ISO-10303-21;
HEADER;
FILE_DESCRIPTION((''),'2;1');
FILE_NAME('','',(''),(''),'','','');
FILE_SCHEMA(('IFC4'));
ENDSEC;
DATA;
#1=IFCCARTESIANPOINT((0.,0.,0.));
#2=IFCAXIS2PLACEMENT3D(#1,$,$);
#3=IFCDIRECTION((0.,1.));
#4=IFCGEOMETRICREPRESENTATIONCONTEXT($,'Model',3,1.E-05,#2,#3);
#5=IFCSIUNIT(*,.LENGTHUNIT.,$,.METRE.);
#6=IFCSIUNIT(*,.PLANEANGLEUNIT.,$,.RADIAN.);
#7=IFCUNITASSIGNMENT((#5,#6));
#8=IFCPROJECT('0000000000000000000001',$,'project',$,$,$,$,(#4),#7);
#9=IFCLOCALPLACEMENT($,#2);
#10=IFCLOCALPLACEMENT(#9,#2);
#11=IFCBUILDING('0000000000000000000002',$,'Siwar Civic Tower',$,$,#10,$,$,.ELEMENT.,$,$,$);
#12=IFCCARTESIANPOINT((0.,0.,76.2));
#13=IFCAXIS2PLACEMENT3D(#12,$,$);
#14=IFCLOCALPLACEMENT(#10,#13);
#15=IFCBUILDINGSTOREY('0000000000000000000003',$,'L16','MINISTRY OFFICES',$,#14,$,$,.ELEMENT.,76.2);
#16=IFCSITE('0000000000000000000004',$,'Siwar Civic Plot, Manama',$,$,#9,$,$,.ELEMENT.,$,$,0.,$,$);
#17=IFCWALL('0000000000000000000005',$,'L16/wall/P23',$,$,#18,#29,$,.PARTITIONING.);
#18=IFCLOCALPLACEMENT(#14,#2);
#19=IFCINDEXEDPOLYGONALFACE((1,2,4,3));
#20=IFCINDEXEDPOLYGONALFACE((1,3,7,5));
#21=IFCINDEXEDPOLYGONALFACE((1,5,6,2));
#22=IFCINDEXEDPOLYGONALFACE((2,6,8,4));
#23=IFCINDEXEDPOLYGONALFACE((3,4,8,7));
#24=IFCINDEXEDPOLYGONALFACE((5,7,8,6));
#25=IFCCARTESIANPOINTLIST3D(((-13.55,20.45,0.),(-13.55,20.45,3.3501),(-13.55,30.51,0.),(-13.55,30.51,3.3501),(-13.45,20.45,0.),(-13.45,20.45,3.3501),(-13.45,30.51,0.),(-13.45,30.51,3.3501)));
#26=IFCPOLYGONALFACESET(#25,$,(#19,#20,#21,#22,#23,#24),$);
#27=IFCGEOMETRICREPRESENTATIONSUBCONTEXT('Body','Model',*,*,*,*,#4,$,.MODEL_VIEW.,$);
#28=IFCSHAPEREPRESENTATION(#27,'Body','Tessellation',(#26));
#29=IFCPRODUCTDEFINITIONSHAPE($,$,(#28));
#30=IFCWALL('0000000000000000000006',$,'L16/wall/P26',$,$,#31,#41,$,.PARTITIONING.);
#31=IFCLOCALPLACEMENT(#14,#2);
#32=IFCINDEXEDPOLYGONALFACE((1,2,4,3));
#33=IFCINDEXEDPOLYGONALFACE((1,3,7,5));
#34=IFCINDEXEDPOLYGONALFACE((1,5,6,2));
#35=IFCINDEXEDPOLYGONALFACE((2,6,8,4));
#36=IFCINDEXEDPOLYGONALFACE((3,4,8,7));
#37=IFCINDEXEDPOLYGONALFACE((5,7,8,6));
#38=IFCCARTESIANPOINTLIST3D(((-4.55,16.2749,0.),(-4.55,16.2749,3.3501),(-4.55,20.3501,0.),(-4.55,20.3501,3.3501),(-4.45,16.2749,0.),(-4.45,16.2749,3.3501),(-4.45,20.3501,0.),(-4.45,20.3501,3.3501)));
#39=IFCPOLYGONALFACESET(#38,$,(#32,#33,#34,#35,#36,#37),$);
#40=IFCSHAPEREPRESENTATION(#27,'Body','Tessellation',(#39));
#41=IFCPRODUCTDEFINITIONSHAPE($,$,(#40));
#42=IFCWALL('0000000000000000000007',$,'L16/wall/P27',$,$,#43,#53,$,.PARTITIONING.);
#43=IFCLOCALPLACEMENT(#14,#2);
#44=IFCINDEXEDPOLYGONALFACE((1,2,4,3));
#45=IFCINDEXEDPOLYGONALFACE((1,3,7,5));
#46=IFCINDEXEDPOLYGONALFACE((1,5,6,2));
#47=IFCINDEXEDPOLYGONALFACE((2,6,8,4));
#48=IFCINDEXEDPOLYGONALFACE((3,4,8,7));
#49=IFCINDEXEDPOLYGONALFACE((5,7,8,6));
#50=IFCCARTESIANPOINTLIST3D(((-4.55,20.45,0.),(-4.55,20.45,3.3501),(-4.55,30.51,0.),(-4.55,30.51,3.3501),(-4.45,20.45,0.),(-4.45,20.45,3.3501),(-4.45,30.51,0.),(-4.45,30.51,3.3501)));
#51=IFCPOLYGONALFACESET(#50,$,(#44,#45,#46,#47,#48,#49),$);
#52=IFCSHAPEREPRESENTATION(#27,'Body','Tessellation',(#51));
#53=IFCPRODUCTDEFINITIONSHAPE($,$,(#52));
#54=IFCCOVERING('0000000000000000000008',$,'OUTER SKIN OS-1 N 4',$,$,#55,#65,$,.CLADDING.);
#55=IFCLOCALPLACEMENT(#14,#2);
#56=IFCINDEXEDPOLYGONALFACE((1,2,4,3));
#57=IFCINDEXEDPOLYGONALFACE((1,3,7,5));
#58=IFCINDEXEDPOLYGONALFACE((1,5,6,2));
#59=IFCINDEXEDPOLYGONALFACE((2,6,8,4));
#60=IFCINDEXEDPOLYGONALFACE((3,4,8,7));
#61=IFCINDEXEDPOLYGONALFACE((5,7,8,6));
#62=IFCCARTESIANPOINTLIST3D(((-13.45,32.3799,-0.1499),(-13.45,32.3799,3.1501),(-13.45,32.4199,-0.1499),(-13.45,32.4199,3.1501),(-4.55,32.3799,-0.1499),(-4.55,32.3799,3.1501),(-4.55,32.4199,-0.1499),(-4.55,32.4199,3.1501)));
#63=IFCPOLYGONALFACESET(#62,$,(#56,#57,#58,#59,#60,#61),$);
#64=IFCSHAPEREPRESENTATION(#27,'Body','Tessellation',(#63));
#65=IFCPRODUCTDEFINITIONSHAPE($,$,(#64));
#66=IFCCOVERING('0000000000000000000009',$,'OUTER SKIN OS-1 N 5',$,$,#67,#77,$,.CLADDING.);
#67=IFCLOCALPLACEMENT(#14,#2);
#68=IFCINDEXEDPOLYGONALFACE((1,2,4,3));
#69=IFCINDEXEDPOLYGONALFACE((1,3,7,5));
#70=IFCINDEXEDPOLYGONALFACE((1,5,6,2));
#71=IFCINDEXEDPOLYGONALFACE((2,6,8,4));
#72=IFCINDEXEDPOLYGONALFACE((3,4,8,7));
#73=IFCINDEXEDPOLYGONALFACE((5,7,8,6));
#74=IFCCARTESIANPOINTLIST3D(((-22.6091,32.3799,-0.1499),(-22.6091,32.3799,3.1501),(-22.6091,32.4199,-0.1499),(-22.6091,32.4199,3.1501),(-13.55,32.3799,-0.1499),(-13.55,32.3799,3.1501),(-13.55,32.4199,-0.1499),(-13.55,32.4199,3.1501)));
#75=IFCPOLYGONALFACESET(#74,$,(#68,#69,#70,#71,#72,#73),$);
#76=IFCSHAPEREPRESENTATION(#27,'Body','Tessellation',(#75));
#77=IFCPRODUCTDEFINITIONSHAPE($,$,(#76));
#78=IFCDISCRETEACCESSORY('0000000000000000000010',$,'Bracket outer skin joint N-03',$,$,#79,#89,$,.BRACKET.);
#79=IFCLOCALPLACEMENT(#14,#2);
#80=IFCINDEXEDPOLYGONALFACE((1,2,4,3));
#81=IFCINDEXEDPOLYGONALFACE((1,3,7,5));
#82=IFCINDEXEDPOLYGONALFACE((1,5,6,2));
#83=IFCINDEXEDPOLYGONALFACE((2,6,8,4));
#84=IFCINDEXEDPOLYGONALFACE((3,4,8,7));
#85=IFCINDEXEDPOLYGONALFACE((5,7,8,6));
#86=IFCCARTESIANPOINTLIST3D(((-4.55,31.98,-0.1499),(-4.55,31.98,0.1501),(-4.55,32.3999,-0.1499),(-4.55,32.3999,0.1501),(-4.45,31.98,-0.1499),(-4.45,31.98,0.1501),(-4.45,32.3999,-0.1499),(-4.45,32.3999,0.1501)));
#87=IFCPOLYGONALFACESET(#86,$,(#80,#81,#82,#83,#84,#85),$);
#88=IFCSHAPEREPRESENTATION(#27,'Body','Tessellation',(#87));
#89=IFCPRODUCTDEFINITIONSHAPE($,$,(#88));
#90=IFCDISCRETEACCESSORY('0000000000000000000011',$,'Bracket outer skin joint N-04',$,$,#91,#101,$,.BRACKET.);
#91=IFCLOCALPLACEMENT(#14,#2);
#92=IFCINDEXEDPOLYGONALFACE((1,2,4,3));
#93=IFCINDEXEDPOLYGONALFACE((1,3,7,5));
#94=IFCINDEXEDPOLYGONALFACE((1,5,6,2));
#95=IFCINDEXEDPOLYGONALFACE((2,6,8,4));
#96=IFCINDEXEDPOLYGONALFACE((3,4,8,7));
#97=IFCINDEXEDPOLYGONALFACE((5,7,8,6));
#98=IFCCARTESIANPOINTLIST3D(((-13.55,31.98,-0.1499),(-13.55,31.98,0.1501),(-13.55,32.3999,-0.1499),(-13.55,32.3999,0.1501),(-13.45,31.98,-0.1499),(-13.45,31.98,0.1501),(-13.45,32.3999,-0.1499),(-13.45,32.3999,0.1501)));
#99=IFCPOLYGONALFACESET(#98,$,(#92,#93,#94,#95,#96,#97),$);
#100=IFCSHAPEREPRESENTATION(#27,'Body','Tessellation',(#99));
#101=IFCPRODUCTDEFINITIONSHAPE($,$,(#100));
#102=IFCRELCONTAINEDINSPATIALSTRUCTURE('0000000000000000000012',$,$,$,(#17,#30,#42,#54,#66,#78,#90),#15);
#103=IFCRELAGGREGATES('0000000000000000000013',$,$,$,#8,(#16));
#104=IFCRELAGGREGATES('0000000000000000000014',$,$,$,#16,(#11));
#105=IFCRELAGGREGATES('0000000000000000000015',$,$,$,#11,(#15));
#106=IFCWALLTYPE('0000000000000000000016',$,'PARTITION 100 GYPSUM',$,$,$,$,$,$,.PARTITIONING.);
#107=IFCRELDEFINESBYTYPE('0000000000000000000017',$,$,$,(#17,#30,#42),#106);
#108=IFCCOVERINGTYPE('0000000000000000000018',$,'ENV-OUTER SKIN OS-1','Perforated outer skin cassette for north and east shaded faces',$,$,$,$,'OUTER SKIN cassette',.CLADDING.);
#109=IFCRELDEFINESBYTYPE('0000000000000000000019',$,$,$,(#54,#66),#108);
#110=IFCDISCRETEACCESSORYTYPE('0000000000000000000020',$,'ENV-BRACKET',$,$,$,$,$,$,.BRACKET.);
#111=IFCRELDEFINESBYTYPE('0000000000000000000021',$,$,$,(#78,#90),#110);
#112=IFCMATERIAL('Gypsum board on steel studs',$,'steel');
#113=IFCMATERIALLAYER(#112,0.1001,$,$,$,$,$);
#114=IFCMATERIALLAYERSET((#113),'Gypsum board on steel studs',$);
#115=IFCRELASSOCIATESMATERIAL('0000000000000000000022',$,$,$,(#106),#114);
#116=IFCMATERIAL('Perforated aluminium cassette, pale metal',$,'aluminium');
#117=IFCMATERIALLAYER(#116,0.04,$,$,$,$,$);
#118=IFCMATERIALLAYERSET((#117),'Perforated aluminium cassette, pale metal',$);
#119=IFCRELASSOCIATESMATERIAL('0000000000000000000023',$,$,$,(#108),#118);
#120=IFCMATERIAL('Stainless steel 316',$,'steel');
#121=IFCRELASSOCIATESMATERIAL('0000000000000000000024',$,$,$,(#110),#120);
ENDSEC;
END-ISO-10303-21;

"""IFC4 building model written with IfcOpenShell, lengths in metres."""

from ifc_helpers import new_model, si_unit, direction, frame, frame_2d, origin, origin_2d, place, context, subcontext, project, spatial, rectangle, extrude, material, layer, layer_set, type_object, element, save


model = new_model("IFC4")

# Units and contexts
model_context = context("Model", 3, precision=1e-05, world=origin(), true_north=direction((0.0, 1.0)))
body_context = subcontext(model_context, "Body", "Model", "MODEL_VIEW")
ifc_project = project(units=[si_unit("LENGTHUNIT", "METRE"), si_unit("PLANEANGLEUNIT", "RADIAN")], contexts=[model_context])

# Site, building, storey
site_placement = place(None, origin())
site = spatial("IfcSite", under=ifc_project, at=site_placement, Name="Siwar Civic Plot, Manama", CompositionType="ELEMENT", RefElevation=0.0)
building_placement = place(site_placement, origin())
building = spatial("IfcBuilding", under=site, at=building_placement, Name="Siwar Civic Tower", CompositionType="ELEMENT")
storey_placement = place(building_placement, frame((0.0, 0.0, 76.2)))
storey = spatial("IfcBuildingStorey", under=building, at=storey_placement, Name="L16", Description="MINISTRY OFFICES", CompositionType="ELEMENT", Elevation=76.2)

# Walls
ifc_material_1 = material(Name="Gypsum board on steel studs", Category="steel")
ifc_layer_1 = layer(ifc_material_1, 0.1001)
ifc_layer_set_1 = layer_set([ifc_layer_1], Name="Gypsum board on steel studs")
wall_type_1 = type_object("IfcWallType", Name="PARTITION 100 GYPSUM", PredefinedType="PARTITIONING", material=ifc_layer_set_1)
wall_1_placement = place(storey_placement, frame((-13.5, 20.45, 0.0), z_axis=(0.0, 0.0, 1.0), x_axis=(0.0, 1.0, 0.0)))
element("IfcWall", 1, at=wall_1_placement, inside=storey, type_object=wall_type_1, Name="L16/wall/P23", PredefinedType="PARTITIONING", context=body_context, shape_type="SweptSolid", body=[
    extrude(rectangle(XDim=10.0601, YDim=0.1001, at=frame_2d((5.03, 0.0))), origin(), (0.0, 0.0, 1.0), 3.3501),
])
wall_2_placement = place(storey_placement, frame((-4.5, 16.2749, 0.0), z_axis=(0.0, 0.0, 1.0), x_axis=(0.0, 1.0, 0.0)))
element("IfcWall", 2, at=wall_2_placement, inside=storey, type_object=wall_type_1, Name="L16/wall/P26", PredefinedType="PARTITIONING", context=body_context, shape_type="SweptSolid", body=[
    extrude(rectangle(XDim=4.0752, YDim=0.1001, at=frame_2d((2.0376, 0.0))), origin(), (0.0, 0.0, 1.0), 3.3501),
])
wall_3_placement = place(storey_placement, frame((-4.5, 20.45, 0.0), z_axis=(0.0, 0.0, 1.0), x_axis=(0.0, 1.0, 0.0)))
element("IfcWall", 3, at=wall_3_placement, inside=storey, type_object=wall_type_1, Name="L16/wall/P27", PredefinedType="PARTITIONING", context=body_context, shape_type="SweptSolid", body=[
    extrude(rectangle(XDim=10.0601, YDim=0.1001, at=frame_2d((5.03, 0.0))), origin(), (0.0, 0.0, 1.0), 3.3501),
])

# Coverings
ifc_material_2 = material(Name="Perforated aluminium cassette, pale metal", Category="aluminium")
ifc_layer_2 = layer(ifc_material_2, 0.04)
ifc_layer_set_2 = layer_set([ifc_layer_2], Name="Perforated aluminium cassette, pale metal")
covering_type = type_object("IfcCoveringType", Name="ENV-OUTER SKIN OS-1", Description="Perforated outer skin cassette for north and east shaded faces", ElementType="OUTER SKIN cassette", PredefinedType="CLADDING", material=ifc_layer_set_2)
covering_1_placement = place(storey_placement, frame((-9.0, 32.3999, -0.1499), z_axis=(0.0, 0.0, 1.0), x_axis=(-1.0, 0.0, 0.0)))
element("IfcCovering", 4, at=covering_1_placement, inside=storey, type_object=covering_type, Name="OUTER SKIN OS-1 N 4", PredefinedType="CLADDING", context=body_context, shape_type="SweptSolid", body=[
    extrude(rectangle(XDim=8.8999, YDim=0.04, at=origin_2d()), origin(), (0.0, 0.0, 1.0), 3.3),
])
covering_2_placement = place(storey_placement, frame((-18.0796, 32.3999, -0.1499), z_axis=(0.0, 0.0, 1.0), x_axis=(-1.0, 0.0, 0.0)))
element("IfcCovering", 5, at=covering_2_placement, inside=storey, type_object=covering_type, Name="OUTER SKIN OS-1 N 5", PredefinedType="CLADDING", context=body_context, shape_type="SweptSolid", body=[
    extrude(rectangle(XDim=9.0591, YDim=0.04, at=origin_2d()), origin(), (0.0, 0.0, 1.0), 3.3),
])

# Discrete accessories
ifc_material_3 = material(Name="Stainless steel 316", Category="steel")
discrete_accessory_type = type_object("IfcDiscreteAccessoryType", Name="ENV-BRACKET", PredefinedType="BRACKET", material=ifc_material_3)
for number, where, z_axis, x_axis, name in (
    (6, (-4.5, 32.1899, -0.1499), (0.0, 0.0, 1.0), (0.0, 1.0, 0.0), "Bracket outer skin joint N-03"),
    (7, (-13.5, 32.1899, -0.1499), (0.0, 0.0, 1.0), (0.0, 1.0, 0.0), "Bracket outer skin joint N-04"),
):
    element("IfcDiscreteAccessory", number, at=place(storey_placement, frame(where, z_axis=z_axis, x_axis=x_axis)), inside=storey, type_object=discrete_accessory_type, Name=name, PredefinedType="BRACKET", context=body_context, shape_type="SweptSolid", body=[
        extrude(rectangle(XDim=0.4199, YDim=0.1001, at=origin_2d()), origin(), (0.0, 0.0, 1.0), 0.3),
    ])

save(model, "model.ifc")
